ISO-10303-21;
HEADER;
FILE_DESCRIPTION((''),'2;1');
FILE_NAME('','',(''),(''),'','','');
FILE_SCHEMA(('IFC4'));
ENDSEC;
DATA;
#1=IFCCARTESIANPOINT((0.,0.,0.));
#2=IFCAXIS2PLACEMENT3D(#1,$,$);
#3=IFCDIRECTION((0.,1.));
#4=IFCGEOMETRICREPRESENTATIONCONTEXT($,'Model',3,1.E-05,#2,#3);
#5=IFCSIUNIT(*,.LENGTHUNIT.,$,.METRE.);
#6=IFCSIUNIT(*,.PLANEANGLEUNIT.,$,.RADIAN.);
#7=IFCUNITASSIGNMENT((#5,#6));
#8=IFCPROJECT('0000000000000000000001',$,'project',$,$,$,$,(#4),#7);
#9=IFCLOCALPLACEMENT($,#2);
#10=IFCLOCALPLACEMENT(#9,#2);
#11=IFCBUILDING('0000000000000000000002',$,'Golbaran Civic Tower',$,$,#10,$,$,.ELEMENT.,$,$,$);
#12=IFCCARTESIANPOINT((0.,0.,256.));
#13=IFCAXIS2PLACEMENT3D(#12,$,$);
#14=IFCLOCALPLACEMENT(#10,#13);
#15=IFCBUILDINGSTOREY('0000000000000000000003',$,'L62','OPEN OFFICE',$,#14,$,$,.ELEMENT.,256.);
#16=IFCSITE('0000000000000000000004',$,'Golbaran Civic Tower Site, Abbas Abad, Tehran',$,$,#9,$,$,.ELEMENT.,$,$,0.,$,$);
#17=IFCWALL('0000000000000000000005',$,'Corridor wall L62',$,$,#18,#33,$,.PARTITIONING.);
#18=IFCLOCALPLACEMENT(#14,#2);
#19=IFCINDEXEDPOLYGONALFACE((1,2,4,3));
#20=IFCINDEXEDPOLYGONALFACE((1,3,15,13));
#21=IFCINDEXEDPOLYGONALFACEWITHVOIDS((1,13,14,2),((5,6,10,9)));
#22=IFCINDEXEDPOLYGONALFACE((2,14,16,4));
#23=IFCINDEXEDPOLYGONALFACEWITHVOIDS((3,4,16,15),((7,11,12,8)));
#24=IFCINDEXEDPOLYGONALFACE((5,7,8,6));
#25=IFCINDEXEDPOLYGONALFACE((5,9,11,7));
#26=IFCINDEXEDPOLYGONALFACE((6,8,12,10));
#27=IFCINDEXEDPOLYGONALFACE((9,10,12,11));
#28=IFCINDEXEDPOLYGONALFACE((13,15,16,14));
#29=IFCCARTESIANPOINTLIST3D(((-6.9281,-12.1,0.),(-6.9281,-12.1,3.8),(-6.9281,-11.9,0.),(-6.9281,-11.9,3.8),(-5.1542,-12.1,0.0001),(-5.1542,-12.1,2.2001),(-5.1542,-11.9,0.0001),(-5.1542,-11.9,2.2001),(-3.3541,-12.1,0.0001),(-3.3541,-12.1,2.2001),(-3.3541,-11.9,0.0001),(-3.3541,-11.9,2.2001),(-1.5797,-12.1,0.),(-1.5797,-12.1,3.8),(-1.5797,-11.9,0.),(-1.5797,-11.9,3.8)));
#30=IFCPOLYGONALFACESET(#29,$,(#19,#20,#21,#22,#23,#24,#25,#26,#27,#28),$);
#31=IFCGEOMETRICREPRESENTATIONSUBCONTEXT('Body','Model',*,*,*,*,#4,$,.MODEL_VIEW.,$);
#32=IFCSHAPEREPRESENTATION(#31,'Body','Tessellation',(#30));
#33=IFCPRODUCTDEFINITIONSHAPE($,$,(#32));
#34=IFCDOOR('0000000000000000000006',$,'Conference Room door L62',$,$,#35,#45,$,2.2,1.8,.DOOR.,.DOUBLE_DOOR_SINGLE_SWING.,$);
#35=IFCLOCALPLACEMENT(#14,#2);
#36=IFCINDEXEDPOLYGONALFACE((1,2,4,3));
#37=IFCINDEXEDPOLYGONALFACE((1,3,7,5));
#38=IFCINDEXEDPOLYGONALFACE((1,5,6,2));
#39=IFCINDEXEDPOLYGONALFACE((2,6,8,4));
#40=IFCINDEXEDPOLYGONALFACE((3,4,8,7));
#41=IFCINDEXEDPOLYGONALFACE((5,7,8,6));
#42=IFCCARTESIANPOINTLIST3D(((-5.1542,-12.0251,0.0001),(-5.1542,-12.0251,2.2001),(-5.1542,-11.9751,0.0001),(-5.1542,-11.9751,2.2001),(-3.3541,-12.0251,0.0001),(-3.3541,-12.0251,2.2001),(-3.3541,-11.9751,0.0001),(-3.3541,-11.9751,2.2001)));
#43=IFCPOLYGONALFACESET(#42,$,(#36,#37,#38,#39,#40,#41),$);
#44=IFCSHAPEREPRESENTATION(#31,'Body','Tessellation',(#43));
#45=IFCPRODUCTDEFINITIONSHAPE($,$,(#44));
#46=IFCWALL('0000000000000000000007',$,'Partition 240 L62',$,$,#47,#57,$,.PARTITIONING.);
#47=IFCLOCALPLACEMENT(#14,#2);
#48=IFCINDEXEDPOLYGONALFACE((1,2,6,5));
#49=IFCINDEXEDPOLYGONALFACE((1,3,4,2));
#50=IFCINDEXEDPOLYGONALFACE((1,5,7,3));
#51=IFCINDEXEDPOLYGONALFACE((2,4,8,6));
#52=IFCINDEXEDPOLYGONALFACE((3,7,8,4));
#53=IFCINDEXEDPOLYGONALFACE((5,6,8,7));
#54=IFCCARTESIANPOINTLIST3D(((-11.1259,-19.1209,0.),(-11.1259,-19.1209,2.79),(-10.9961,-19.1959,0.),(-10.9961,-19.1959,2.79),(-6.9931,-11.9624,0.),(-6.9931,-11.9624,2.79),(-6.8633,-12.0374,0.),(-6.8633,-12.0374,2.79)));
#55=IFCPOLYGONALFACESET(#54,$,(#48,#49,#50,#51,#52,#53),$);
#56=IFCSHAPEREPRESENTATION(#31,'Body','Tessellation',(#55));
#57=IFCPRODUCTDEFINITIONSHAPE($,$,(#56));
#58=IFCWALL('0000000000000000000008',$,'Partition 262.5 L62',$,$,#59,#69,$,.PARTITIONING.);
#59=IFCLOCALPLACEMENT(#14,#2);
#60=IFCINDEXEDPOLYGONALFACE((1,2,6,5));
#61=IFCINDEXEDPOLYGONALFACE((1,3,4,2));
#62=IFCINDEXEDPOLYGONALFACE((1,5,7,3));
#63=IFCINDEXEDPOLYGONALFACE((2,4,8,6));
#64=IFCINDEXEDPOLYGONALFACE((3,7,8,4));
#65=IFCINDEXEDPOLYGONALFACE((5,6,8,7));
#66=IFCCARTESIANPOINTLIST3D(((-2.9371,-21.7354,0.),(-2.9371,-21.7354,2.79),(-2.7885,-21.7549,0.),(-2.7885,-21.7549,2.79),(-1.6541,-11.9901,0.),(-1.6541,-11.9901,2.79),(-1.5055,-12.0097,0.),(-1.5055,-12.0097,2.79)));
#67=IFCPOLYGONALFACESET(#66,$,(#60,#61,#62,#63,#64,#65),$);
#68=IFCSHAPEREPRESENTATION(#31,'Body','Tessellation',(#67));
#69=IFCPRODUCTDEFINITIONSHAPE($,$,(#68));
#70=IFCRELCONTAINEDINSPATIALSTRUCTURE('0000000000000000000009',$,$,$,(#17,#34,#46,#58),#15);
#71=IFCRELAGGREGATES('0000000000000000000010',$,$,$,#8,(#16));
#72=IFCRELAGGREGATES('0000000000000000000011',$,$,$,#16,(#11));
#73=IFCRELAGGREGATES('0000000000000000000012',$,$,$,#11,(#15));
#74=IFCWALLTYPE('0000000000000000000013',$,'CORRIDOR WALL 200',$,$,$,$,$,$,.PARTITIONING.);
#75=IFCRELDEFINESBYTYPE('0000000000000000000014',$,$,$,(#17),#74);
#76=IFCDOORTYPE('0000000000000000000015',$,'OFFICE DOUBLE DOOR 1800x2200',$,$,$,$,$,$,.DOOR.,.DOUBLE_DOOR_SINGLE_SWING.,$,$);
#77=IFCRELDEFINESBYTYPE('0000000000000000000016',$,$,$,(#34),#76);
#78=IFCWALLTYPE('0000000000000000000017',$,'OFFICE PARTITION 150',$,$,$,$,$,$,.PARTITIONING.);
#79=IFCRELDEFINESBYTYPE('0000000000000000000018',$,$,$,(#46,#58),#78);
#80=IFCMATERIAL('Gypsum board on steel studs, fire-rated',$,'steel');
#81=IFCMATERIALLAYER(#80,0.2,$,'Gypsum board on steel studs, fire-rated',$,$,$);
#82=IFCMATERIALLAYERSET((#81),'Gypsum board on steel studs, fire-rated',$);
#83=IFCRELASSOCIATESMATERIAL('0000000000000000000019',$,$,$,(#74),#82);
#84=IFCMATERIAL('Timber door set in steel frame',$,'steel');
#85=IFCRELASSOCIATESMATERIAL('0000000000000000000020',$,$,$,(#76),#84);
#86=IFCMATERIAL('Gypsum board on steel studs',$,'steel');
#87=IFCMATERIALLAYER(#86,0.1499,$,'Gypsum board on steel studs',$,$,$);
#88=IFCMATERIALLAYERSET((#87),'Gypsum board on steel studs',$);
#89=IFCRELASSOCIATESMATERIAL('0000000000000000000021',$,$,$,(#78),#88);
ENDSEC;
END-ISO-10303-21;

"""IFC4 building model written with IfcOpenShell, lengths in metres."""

from ifc_helpers import new_model, si_unit, direction, frame, frame_2d, origin, place, context, subcontext, project, spatial, rectangle, extrude, material, layer, layer_set, type_object, element, fill, save


model = new_model("IFC4")

# Units and contexts
model_context = context("Model", 3, precision=1e-05, world=origin(), true_north=direction((0.0, 1.0)))
body_context = subcontext(model_context, "Body", "Model", "MODEL_VIEW")
ifc_project = project(units=[si_unit("LENGTHUNIT", "METRE"), si_unit("PLANEANGLEUNIT", "RADIAN")], contexts=[model_context])

# Site, building, storey
site_placement = place(None, origin())
site = spatial("IfcSite", under=ifc_project, at=site_placement, Name="Golbaran Civic Tower Site, Abbas Abad, Tehran", CompositionType="ELEMENT", RefElevation=0.0)
building_placement = place(site_placement, origin())
building = spatial("IfcBuilding", under=site, at=building_placement, Name="Golbaran Civic Tower", CompositionType="ELEMENT")
storey_placement = place(building_placement, frame((0.0, 0.0, 256.0)))
storey = spatial("IfcBuildingStorey", under=building, at=storey_placement, Name="L62", Description="OPEN OFFICE", CompositionType="ELEMENT", Elevation=256.0)

# Shared definitions
ifc_material_1 = material(Name="Gypsum board on steel studs, fire-rated", Category="steel")
ifc_layer_1 = layer(ifc_material_1, 0.2, Name="Gypsum board on steel studs, fire-rated")
ifc_layer_set_1 = layer_set([ifc_layer_1], Name="Gypsum board on steel studs, fire-rated")
wall_type_1 = type_object("IfcWallType", Name="CORRIDOR WALL 200", PredefinedType="PARTITIONING", material=ifc_layer_set_1)

# Wall, opening, door
wall_1_placement = place(storey_placement, frame((-6.9282, -12.0, 0.0), z_axis=(0.0, 0.0, 1.0), x_axis=(1.0, 0.0, 0.0)))
wall_1 = element("IfcWall", 1, at=wall_1_placement, inside=storey, type_object=wall_type_1, Name="Corridor wall L62", PredefinedType="PARTITIONING", context=body_context, shape_type="SweptSolid", body=[
    extrude(rectangle(XDim=5.3484, YDim=0.2, at=frame_2d((2.6743, 0.0))), origin(), (0.0, 0.0, 1.0), 3.8),
])
opening_placement = place(wall_1_placement, frame((1.7742, 0.0, 0.0)))
opening = element("IfcOpeningElement", 2, at=opening_placement, cuts=wall_1, PredefinedType="OPENING", context=body_context, shape_type="SweptSolid", body=[
    extrude(rectangle(XDim=1.8, YDim=2.2, at=frame_2d((0.8999, 1.1001))), frame((0.0, 0.1099, 0.0), z_axis=(0.0, -1.0, 0.0), x_axis=(1.0, 0.0, 0.0)), (0.0, 0.0, 1.0), 0.22),
])
ifc_material_2 = material(Name="Timber door set in steel frame", Category="steel")
door_type = type_object("IfcDoorType", Name="OFFICE DOUBLE DOOR 1800x2200", OperationType="DOUBLE_DOOR_SINGLE_SWING", PredefinedType="DOOR", material=ifc_material_2)
door_placement = place(opening_placement, origin())
door = element("IfcDoor", 3, at=door_placement, inside=storey, type_object=door_type, Name="Conference Room door L62", OperationType="DOUBLE_DOOR_SINGLE_SWING", OverallHeight=2.2, OverallWidth=1.8, PredefinedType="DOOR", context=body_context, shape_type="SweptSolid", body=[
    extrude(rectangle(XDim=1.8, YDim=2.2, at=frame_2d((0.8999, 1.1001))), frame((0.0, 0.0249, 0.0), z_axis=(0.0, -1.0, 0.0), x_axis=(1.0, 0.0, 0.0)), (0.0, 0.0, 1.0), 0.05),
])
fill(opening, door)

# Walls
ifc_material_3 = material(Name="Gypsum board on steel studs", Category="steel")
ifc_layer_2 = layer(ifc_material_3, 0.1499, Name="Gypsum board on steel studs")
ifc_layer_set_2 = layer_set([ifc_layer_2], Name="Gypsum board on steel studs")
wall_type_2 = type_object("IfcWallType", Name="OFFICE PARTITION 150", PredefinedType="PARTITIONING", material=ifc_layer_set_2)
wall_2_placement = place(storey_placement, frame((-6.9282, -12.0, 0.0), z_axis=(0.0, 0.0, 1.0), x_axis=(-0.499989, -0.866032, 0.0)))
element("IfcWall", 4, at=wall_2_placement, inside=storey, type_object=wall_type_2, Name="Partition 240 L62", PredefinedType="PARTITIONING", context=body_context, shape_type="SweptSolid", body=[
    extrude(rectangle(XDim=8.2659, YDim=0.1499, at=frame_2d((4.1328, 0.0))), origin(), (0.0, 0.0, 1.0), 2.79),
])
wall_3_placement = place(storey_placement, frame((-1.5798, -12.0, 0.0), z_axis=(0.0, 0.0, 1.0), x_axis=(-0.130522, -0.991445, 0.0)))
element("IfcWall", 5, at=wall_3_placement, inside=storey, type_object=wall_type_2, Name="Partition 262.5 L62", PredefinedType="PARTITIONING", context=body_context, shape_type="SweptSolid", body=[
    extrude(rectangle(XDim=9.8293, YDim=0.1499, at=frame_2d((4.9146, 0.0))), origin(), (0.0, 0.0, 1.0), 2.79),
])

save(model, "model.ifc")
